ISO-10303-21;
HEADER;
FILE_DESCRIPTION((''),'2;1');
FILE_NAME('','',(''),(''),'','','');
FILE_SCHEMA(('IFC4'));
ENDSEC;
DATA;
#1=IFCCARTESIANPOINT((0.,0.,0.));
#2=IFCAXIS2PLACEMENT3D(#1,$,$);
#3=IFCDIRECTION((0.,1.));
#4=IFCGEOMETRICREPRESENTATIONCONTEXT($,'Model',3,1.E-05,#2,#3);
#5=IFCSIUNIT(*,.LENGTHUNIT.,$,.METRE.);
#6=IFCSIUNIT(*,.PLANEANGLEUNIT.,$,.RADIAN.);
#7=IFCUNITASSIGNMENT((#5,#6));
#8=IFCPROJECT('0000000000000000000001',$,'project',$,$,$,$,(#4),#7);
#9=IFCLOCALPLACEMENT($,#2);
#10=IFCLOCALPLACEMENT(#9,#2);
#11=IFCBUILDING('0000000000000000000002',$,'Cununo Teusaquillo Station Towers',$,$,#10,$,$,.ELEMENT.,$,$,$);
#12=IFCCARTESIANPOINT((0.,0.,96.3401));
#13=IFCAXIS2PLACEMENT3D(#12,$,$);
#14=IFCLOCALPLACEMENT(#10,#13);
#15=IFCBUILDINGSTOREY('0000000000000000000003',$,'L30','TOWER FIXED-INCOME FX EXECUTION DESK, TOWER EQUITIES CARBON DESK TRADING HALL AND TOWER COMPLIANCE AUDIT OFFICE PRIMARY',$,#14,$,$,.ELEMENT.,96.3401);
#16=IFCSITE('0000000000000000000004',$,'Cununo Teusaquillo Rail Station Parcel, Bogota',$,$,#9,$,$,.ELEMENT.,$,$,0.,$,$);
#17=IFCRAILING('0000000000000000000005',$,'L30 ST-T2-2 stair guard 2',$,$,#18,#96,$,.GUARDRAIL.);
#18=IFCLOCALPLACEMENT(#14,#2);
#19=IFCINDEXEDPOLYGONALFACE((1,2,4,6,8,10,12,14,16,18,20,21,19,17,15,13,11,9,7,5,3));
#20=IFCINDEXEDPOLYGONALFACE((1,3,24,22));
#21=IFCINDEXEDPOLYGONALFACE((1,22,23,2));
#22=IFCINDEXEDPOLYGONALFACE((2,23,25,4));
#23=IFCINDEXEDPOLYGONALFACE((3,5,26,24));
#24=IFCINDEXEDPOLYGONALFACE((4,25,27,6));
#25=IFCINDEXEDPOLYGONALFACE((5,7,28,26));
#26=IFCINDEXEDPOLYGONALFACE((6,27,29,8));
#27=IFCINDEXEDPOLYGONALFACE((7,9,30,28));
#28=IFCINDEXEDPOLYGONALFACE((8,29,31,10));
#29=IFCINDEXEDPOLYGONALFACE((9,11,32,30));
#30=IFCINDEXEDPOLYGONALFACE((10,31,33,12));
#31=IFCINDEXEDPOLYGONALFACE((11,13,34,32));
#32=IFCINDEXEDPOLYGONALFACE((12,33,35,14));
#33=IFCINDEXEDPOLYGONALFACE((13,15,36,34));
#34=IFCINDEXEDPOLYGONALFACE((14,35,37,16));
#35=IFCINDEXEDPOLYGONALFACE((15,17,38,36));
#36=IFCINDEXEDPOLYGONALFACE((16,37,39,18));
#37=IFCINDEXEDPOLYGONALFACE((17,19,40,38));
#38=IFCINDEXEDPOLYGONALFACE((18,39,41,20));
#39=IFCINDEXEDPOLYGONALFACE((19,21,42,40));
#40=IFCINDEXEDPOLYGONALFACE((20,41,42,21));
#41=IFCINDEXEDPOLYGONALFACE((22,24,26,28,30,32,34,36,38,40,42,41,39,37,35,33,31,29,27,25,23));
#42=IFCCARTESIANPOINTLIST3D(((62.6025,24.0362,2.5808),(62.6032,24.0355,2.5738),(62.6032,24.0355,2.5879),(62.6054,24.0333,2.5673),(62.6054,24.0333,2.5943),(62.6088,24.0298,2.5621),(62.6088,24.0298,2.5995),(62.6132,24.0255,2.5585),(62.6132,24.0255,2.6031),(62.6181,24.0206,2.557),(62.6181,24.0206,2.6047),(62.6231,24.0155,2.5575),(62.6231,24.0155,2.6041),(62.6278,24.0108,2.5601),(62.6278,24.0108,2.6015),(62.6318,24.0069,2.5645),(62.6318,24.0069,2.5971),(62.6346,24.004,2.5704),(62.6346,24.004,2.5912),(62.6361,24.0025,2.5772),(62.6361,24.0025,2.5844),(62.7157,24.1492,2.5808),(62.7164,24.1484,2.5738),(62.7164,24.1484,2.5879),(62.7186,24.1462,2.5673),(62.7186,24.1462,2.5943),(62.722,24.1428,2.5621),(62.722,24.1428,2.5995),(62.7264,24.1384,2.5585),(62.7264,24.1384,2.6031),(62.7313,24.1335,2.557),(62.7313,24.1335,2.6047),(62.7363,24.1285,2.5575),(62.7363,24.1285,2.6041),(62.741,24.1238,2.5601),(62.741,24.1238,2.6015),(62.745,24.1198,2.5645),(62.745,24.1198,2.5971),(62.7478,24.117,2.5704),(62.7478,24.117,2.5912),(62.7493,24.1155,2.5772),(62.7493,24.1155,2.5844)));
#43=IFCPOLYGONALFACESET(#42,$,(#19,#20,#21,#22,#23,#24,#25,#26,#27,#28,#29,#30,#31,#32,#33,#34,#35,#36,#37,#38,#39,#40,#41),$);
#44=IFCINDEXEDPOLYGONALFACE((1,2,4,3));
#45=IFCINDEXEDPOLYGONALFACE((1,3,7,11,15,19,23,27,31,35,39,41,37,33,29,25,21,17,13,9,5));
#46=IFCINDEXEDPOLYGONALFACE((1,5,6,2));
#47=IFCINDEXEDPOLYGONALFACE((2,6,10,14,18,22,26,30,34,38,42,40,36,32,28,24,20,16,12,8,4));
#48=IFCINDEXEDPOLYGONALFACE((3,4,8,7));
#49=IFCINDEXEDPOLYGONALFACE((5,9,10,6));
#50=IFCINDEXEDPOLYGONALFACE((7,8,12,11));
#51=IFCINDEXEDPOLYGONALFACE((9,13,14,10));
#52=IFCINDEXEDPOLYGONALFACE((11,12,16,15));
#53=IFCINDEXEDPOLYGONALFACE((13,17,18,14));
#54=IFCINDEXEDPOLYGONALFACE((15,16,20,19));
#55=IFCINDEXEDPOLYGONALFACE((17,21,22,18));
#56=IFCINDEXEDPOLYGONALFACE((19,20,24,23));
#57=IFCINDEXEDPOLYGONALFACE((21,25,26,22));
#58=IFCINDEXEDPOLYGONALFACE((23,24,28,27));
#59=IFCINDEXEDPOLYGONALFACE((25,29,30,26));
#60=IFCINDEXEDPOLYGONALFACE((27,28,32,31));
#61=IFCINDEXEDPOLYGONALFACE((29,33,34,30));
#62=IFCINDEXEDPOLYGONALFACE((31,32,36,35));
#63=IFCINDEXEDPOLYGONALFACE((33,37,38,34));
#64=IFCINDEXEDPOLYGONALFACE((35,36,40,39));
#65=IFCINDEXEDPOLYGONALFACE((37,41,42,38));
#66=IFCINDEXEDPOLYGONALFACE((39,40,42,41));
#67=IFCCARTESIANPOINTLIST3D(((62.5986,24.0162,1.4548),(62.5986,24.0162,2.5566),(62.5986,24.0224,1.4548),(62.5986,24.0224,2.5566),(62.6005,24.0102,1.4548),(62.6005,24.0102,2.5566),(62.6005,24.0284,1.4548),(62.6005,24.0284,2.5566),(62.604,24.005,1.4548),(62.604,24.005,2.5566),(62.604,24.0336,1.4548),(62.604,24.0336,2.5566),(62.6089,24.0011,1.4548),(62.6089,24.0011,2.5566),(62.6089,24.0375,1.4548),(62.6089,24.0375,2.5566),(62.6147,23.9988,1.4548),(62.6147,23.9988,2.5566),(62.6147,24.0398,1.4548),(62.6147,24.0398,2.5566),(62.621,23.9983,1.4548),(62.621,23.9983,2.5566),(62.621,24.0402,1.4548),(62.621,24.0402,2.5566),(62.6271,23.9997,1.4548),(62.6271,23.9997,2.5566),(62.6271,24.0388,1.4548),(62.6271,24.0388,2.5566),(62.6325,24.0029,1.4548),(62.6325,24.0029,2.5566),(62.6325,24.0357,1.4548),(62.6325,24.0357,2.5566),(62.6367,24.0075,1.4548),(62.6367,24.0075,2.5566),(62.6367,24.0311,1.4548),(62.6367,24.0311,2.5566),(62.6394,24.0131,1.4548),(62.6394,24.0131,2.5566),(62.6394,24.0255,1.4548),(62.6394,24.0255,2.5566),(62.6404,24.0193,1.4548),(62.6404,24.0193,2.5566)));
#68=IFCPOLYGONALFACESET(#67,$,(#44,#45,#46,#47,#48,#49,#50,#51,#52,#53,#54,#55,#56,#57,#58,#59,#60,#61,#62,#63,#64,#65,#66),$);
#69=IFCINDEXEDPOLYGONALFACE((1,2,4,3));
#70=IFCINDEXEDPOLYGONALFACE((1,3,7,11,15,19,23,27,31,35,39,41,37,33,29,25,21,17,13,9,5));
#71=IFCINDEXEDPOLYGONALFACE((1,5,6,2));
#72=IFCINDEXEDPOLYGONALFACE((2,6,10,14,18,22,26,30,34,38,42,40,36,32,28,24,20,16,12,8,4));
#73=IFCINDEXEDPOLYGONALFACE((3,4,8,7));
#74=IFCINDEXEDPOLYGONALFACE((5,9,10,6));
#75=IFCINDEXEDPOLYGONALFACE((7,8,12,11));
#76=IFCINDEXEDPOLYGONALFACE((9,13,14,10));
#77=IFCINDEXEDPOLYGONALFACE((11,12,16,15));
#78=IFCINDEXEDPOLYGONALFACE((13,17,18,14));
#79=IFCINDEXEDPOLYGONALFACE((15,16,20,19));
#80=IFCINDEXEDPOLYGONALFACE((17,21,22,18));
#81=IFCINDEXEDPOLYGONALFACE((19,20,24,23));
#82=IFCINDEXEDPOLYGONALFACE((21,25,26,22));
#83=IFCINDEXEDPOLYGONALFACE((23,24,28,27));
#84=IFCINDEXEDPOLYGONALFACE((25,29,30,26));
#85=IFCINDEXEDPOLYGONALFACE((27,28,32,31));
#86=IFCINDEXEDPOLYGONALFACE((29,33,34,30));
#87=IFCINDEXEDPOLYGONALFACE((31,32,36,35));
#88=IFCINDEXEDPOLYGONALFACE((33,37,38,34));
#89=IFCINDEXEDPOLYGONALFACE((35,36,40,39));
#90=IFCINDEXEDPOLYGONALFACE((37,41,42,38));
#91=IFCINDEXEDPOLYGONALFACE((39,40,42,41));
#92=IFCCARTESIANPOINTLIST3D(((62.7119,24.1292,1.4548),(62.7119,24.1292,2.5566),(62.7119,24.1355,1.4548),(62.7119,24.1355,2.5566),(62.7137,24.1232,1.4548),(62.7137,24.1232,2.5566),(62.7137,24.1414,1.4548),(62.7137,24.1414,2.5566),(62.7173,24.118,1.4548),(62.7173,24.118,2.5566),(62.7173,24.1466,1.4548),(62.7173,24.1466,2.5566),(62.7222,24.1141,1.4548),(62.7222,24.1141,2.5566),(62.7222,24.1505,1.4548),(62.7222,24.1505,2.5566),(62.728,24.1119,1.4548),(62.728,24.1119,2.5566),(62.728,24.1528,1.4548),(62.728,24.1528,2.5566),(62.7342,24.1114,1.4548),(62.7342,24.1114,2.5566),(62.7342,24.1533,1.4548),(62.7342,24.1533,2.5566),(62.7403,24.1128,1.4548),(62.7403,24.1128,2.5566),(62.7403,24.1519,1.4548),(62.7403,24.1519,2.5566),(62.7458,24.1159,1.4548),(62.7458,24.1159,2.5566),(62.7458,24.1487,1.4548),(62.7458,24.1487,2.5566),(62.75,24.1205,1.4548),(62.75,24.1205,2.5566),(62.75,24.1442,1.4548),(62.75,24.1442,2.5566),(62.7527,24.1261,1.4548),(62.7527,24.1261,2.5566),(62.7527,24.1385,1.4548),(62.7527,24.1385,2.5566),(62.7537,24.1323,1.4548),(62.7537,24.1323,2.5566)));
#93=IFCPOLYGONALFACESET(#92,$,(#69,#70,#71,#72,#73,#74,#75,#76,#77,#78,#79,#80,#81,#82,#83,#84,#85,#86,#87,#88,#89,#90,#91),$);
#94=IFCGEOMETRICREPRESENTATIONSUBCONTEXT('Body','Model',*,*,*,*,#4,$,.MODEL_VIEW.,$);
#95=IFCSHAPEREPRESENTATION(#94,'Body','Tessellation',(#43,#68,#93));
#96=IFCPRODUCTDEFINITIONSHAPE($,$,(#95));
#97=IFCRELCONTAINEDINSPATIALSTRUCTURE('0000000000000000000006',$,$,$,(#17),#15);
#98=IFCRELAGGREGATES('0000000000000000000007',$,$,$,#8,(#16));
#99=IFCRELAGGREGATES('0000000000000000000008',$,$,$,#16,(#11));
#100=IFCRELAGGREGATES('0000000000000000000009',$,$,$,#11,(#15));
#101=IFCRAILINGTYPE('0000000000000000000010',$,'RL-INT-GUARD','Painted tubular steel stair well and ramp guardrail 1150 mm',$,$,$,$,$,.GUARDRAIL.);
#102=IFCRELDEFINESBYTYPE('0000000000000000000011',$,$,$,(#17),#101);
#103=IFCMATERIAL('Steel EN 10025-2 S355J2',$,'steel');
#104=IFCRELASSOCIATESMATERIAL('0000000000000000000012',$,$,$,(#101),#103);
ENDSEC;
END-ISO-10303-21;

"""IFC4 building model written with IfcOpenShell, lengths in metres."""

from ifc_helpers import new_model, si_unit, direction, frame, origin, origin_2d, place, context, subcontext, project, spatial, circle, extrude, material, type_object, element, save


model = new_model("IFC4")

# Units and contexts
model_context = context("Model", 3, precision=1e-05, world=origin(), true_north=direction((0.0, 1.0)))
body_context = subcontext(model_context, "Body", "Model", "MODEL_VIEW")
ifc_project = project(units=[si_unit("LENGTHUNIT", "METRE"), si_unit("PLANEANGLEUNIT", "RADIAN")], contexts=[model_context])

# Site, building, storey
site_placement = place(None, origin())
site = spatial("IfcSite", under=ifc_project, at=site_placement, Name="Cununo Teusaquillo Rail Station Parcel, Bogota", CompositionType="ELEMENT", RefElevation=0.0)
building_placement = place(site_placement, origin())
building = spatial("IfcBuilding", under=site, at=building_placement, Name="Cununo Teusaquillo Station Towers", CompositionType="ELEMENT")
storey_placement = place(building_placement, frame((0.0, 0.0, 96.3401)))
storey = spatial("IfcBuildingStorey", under=building, at=storey_placement, Name="L30", Description="TOWER FIXED-INCOME FX EXECUTION DESK, TOWER EQUITIES CARBON DESK TRADING HALL AND TOWER COMPLIANCE AUDIT OFFICE PRIMARY", CompositionType="ELEMENT", Elevation=96.3401)

# Railing
ifc_material_1 = material(Name="Steel EN 10025-2 S355J2", Category="steel")
railing_type_1 = type_object("IfcRailingType", Name="RL-INT-GUARD", Description="Painted tubular steel stair well and ramp guardrail 1150 mm", PredefinedType="GUARDRAIL", material=ifc_material_1)
railing_1_placement = place(storey_placement, frame((62.6194, 24.0193, 1.4548)))
element("IfcRailing", 1, at=railing_1_placement, inside=storey, type_object=railing_type_1, Name="L30 ST-T2-2 stair guard 2", PredefinedType="GUARDRAIL", context=body_context, shape_type="SweptSolid", body=[
    extrude(circle(Radius=0.0239, at=origin_2d()), frame((0.0, 0.0, 1.126), z_axis=(0.707869, 0.706344, 0.0), x_axis=(-0.706344, 0.707869, 0.0)), (0.0, 0.0, 1.0), 0.1599),
    extrude(circle(Radius=0.021, at=origin_2d()), origin(), (0.0, 0.0, 1.0), 1.1018),
    extrude(circle(Radius=0.021, at=origin_2d()), frame((0.1133, 0.113, 0.0)), (0.0, 0.0, 1.0), 1.1018),
])

save(model, "model.ifc")
